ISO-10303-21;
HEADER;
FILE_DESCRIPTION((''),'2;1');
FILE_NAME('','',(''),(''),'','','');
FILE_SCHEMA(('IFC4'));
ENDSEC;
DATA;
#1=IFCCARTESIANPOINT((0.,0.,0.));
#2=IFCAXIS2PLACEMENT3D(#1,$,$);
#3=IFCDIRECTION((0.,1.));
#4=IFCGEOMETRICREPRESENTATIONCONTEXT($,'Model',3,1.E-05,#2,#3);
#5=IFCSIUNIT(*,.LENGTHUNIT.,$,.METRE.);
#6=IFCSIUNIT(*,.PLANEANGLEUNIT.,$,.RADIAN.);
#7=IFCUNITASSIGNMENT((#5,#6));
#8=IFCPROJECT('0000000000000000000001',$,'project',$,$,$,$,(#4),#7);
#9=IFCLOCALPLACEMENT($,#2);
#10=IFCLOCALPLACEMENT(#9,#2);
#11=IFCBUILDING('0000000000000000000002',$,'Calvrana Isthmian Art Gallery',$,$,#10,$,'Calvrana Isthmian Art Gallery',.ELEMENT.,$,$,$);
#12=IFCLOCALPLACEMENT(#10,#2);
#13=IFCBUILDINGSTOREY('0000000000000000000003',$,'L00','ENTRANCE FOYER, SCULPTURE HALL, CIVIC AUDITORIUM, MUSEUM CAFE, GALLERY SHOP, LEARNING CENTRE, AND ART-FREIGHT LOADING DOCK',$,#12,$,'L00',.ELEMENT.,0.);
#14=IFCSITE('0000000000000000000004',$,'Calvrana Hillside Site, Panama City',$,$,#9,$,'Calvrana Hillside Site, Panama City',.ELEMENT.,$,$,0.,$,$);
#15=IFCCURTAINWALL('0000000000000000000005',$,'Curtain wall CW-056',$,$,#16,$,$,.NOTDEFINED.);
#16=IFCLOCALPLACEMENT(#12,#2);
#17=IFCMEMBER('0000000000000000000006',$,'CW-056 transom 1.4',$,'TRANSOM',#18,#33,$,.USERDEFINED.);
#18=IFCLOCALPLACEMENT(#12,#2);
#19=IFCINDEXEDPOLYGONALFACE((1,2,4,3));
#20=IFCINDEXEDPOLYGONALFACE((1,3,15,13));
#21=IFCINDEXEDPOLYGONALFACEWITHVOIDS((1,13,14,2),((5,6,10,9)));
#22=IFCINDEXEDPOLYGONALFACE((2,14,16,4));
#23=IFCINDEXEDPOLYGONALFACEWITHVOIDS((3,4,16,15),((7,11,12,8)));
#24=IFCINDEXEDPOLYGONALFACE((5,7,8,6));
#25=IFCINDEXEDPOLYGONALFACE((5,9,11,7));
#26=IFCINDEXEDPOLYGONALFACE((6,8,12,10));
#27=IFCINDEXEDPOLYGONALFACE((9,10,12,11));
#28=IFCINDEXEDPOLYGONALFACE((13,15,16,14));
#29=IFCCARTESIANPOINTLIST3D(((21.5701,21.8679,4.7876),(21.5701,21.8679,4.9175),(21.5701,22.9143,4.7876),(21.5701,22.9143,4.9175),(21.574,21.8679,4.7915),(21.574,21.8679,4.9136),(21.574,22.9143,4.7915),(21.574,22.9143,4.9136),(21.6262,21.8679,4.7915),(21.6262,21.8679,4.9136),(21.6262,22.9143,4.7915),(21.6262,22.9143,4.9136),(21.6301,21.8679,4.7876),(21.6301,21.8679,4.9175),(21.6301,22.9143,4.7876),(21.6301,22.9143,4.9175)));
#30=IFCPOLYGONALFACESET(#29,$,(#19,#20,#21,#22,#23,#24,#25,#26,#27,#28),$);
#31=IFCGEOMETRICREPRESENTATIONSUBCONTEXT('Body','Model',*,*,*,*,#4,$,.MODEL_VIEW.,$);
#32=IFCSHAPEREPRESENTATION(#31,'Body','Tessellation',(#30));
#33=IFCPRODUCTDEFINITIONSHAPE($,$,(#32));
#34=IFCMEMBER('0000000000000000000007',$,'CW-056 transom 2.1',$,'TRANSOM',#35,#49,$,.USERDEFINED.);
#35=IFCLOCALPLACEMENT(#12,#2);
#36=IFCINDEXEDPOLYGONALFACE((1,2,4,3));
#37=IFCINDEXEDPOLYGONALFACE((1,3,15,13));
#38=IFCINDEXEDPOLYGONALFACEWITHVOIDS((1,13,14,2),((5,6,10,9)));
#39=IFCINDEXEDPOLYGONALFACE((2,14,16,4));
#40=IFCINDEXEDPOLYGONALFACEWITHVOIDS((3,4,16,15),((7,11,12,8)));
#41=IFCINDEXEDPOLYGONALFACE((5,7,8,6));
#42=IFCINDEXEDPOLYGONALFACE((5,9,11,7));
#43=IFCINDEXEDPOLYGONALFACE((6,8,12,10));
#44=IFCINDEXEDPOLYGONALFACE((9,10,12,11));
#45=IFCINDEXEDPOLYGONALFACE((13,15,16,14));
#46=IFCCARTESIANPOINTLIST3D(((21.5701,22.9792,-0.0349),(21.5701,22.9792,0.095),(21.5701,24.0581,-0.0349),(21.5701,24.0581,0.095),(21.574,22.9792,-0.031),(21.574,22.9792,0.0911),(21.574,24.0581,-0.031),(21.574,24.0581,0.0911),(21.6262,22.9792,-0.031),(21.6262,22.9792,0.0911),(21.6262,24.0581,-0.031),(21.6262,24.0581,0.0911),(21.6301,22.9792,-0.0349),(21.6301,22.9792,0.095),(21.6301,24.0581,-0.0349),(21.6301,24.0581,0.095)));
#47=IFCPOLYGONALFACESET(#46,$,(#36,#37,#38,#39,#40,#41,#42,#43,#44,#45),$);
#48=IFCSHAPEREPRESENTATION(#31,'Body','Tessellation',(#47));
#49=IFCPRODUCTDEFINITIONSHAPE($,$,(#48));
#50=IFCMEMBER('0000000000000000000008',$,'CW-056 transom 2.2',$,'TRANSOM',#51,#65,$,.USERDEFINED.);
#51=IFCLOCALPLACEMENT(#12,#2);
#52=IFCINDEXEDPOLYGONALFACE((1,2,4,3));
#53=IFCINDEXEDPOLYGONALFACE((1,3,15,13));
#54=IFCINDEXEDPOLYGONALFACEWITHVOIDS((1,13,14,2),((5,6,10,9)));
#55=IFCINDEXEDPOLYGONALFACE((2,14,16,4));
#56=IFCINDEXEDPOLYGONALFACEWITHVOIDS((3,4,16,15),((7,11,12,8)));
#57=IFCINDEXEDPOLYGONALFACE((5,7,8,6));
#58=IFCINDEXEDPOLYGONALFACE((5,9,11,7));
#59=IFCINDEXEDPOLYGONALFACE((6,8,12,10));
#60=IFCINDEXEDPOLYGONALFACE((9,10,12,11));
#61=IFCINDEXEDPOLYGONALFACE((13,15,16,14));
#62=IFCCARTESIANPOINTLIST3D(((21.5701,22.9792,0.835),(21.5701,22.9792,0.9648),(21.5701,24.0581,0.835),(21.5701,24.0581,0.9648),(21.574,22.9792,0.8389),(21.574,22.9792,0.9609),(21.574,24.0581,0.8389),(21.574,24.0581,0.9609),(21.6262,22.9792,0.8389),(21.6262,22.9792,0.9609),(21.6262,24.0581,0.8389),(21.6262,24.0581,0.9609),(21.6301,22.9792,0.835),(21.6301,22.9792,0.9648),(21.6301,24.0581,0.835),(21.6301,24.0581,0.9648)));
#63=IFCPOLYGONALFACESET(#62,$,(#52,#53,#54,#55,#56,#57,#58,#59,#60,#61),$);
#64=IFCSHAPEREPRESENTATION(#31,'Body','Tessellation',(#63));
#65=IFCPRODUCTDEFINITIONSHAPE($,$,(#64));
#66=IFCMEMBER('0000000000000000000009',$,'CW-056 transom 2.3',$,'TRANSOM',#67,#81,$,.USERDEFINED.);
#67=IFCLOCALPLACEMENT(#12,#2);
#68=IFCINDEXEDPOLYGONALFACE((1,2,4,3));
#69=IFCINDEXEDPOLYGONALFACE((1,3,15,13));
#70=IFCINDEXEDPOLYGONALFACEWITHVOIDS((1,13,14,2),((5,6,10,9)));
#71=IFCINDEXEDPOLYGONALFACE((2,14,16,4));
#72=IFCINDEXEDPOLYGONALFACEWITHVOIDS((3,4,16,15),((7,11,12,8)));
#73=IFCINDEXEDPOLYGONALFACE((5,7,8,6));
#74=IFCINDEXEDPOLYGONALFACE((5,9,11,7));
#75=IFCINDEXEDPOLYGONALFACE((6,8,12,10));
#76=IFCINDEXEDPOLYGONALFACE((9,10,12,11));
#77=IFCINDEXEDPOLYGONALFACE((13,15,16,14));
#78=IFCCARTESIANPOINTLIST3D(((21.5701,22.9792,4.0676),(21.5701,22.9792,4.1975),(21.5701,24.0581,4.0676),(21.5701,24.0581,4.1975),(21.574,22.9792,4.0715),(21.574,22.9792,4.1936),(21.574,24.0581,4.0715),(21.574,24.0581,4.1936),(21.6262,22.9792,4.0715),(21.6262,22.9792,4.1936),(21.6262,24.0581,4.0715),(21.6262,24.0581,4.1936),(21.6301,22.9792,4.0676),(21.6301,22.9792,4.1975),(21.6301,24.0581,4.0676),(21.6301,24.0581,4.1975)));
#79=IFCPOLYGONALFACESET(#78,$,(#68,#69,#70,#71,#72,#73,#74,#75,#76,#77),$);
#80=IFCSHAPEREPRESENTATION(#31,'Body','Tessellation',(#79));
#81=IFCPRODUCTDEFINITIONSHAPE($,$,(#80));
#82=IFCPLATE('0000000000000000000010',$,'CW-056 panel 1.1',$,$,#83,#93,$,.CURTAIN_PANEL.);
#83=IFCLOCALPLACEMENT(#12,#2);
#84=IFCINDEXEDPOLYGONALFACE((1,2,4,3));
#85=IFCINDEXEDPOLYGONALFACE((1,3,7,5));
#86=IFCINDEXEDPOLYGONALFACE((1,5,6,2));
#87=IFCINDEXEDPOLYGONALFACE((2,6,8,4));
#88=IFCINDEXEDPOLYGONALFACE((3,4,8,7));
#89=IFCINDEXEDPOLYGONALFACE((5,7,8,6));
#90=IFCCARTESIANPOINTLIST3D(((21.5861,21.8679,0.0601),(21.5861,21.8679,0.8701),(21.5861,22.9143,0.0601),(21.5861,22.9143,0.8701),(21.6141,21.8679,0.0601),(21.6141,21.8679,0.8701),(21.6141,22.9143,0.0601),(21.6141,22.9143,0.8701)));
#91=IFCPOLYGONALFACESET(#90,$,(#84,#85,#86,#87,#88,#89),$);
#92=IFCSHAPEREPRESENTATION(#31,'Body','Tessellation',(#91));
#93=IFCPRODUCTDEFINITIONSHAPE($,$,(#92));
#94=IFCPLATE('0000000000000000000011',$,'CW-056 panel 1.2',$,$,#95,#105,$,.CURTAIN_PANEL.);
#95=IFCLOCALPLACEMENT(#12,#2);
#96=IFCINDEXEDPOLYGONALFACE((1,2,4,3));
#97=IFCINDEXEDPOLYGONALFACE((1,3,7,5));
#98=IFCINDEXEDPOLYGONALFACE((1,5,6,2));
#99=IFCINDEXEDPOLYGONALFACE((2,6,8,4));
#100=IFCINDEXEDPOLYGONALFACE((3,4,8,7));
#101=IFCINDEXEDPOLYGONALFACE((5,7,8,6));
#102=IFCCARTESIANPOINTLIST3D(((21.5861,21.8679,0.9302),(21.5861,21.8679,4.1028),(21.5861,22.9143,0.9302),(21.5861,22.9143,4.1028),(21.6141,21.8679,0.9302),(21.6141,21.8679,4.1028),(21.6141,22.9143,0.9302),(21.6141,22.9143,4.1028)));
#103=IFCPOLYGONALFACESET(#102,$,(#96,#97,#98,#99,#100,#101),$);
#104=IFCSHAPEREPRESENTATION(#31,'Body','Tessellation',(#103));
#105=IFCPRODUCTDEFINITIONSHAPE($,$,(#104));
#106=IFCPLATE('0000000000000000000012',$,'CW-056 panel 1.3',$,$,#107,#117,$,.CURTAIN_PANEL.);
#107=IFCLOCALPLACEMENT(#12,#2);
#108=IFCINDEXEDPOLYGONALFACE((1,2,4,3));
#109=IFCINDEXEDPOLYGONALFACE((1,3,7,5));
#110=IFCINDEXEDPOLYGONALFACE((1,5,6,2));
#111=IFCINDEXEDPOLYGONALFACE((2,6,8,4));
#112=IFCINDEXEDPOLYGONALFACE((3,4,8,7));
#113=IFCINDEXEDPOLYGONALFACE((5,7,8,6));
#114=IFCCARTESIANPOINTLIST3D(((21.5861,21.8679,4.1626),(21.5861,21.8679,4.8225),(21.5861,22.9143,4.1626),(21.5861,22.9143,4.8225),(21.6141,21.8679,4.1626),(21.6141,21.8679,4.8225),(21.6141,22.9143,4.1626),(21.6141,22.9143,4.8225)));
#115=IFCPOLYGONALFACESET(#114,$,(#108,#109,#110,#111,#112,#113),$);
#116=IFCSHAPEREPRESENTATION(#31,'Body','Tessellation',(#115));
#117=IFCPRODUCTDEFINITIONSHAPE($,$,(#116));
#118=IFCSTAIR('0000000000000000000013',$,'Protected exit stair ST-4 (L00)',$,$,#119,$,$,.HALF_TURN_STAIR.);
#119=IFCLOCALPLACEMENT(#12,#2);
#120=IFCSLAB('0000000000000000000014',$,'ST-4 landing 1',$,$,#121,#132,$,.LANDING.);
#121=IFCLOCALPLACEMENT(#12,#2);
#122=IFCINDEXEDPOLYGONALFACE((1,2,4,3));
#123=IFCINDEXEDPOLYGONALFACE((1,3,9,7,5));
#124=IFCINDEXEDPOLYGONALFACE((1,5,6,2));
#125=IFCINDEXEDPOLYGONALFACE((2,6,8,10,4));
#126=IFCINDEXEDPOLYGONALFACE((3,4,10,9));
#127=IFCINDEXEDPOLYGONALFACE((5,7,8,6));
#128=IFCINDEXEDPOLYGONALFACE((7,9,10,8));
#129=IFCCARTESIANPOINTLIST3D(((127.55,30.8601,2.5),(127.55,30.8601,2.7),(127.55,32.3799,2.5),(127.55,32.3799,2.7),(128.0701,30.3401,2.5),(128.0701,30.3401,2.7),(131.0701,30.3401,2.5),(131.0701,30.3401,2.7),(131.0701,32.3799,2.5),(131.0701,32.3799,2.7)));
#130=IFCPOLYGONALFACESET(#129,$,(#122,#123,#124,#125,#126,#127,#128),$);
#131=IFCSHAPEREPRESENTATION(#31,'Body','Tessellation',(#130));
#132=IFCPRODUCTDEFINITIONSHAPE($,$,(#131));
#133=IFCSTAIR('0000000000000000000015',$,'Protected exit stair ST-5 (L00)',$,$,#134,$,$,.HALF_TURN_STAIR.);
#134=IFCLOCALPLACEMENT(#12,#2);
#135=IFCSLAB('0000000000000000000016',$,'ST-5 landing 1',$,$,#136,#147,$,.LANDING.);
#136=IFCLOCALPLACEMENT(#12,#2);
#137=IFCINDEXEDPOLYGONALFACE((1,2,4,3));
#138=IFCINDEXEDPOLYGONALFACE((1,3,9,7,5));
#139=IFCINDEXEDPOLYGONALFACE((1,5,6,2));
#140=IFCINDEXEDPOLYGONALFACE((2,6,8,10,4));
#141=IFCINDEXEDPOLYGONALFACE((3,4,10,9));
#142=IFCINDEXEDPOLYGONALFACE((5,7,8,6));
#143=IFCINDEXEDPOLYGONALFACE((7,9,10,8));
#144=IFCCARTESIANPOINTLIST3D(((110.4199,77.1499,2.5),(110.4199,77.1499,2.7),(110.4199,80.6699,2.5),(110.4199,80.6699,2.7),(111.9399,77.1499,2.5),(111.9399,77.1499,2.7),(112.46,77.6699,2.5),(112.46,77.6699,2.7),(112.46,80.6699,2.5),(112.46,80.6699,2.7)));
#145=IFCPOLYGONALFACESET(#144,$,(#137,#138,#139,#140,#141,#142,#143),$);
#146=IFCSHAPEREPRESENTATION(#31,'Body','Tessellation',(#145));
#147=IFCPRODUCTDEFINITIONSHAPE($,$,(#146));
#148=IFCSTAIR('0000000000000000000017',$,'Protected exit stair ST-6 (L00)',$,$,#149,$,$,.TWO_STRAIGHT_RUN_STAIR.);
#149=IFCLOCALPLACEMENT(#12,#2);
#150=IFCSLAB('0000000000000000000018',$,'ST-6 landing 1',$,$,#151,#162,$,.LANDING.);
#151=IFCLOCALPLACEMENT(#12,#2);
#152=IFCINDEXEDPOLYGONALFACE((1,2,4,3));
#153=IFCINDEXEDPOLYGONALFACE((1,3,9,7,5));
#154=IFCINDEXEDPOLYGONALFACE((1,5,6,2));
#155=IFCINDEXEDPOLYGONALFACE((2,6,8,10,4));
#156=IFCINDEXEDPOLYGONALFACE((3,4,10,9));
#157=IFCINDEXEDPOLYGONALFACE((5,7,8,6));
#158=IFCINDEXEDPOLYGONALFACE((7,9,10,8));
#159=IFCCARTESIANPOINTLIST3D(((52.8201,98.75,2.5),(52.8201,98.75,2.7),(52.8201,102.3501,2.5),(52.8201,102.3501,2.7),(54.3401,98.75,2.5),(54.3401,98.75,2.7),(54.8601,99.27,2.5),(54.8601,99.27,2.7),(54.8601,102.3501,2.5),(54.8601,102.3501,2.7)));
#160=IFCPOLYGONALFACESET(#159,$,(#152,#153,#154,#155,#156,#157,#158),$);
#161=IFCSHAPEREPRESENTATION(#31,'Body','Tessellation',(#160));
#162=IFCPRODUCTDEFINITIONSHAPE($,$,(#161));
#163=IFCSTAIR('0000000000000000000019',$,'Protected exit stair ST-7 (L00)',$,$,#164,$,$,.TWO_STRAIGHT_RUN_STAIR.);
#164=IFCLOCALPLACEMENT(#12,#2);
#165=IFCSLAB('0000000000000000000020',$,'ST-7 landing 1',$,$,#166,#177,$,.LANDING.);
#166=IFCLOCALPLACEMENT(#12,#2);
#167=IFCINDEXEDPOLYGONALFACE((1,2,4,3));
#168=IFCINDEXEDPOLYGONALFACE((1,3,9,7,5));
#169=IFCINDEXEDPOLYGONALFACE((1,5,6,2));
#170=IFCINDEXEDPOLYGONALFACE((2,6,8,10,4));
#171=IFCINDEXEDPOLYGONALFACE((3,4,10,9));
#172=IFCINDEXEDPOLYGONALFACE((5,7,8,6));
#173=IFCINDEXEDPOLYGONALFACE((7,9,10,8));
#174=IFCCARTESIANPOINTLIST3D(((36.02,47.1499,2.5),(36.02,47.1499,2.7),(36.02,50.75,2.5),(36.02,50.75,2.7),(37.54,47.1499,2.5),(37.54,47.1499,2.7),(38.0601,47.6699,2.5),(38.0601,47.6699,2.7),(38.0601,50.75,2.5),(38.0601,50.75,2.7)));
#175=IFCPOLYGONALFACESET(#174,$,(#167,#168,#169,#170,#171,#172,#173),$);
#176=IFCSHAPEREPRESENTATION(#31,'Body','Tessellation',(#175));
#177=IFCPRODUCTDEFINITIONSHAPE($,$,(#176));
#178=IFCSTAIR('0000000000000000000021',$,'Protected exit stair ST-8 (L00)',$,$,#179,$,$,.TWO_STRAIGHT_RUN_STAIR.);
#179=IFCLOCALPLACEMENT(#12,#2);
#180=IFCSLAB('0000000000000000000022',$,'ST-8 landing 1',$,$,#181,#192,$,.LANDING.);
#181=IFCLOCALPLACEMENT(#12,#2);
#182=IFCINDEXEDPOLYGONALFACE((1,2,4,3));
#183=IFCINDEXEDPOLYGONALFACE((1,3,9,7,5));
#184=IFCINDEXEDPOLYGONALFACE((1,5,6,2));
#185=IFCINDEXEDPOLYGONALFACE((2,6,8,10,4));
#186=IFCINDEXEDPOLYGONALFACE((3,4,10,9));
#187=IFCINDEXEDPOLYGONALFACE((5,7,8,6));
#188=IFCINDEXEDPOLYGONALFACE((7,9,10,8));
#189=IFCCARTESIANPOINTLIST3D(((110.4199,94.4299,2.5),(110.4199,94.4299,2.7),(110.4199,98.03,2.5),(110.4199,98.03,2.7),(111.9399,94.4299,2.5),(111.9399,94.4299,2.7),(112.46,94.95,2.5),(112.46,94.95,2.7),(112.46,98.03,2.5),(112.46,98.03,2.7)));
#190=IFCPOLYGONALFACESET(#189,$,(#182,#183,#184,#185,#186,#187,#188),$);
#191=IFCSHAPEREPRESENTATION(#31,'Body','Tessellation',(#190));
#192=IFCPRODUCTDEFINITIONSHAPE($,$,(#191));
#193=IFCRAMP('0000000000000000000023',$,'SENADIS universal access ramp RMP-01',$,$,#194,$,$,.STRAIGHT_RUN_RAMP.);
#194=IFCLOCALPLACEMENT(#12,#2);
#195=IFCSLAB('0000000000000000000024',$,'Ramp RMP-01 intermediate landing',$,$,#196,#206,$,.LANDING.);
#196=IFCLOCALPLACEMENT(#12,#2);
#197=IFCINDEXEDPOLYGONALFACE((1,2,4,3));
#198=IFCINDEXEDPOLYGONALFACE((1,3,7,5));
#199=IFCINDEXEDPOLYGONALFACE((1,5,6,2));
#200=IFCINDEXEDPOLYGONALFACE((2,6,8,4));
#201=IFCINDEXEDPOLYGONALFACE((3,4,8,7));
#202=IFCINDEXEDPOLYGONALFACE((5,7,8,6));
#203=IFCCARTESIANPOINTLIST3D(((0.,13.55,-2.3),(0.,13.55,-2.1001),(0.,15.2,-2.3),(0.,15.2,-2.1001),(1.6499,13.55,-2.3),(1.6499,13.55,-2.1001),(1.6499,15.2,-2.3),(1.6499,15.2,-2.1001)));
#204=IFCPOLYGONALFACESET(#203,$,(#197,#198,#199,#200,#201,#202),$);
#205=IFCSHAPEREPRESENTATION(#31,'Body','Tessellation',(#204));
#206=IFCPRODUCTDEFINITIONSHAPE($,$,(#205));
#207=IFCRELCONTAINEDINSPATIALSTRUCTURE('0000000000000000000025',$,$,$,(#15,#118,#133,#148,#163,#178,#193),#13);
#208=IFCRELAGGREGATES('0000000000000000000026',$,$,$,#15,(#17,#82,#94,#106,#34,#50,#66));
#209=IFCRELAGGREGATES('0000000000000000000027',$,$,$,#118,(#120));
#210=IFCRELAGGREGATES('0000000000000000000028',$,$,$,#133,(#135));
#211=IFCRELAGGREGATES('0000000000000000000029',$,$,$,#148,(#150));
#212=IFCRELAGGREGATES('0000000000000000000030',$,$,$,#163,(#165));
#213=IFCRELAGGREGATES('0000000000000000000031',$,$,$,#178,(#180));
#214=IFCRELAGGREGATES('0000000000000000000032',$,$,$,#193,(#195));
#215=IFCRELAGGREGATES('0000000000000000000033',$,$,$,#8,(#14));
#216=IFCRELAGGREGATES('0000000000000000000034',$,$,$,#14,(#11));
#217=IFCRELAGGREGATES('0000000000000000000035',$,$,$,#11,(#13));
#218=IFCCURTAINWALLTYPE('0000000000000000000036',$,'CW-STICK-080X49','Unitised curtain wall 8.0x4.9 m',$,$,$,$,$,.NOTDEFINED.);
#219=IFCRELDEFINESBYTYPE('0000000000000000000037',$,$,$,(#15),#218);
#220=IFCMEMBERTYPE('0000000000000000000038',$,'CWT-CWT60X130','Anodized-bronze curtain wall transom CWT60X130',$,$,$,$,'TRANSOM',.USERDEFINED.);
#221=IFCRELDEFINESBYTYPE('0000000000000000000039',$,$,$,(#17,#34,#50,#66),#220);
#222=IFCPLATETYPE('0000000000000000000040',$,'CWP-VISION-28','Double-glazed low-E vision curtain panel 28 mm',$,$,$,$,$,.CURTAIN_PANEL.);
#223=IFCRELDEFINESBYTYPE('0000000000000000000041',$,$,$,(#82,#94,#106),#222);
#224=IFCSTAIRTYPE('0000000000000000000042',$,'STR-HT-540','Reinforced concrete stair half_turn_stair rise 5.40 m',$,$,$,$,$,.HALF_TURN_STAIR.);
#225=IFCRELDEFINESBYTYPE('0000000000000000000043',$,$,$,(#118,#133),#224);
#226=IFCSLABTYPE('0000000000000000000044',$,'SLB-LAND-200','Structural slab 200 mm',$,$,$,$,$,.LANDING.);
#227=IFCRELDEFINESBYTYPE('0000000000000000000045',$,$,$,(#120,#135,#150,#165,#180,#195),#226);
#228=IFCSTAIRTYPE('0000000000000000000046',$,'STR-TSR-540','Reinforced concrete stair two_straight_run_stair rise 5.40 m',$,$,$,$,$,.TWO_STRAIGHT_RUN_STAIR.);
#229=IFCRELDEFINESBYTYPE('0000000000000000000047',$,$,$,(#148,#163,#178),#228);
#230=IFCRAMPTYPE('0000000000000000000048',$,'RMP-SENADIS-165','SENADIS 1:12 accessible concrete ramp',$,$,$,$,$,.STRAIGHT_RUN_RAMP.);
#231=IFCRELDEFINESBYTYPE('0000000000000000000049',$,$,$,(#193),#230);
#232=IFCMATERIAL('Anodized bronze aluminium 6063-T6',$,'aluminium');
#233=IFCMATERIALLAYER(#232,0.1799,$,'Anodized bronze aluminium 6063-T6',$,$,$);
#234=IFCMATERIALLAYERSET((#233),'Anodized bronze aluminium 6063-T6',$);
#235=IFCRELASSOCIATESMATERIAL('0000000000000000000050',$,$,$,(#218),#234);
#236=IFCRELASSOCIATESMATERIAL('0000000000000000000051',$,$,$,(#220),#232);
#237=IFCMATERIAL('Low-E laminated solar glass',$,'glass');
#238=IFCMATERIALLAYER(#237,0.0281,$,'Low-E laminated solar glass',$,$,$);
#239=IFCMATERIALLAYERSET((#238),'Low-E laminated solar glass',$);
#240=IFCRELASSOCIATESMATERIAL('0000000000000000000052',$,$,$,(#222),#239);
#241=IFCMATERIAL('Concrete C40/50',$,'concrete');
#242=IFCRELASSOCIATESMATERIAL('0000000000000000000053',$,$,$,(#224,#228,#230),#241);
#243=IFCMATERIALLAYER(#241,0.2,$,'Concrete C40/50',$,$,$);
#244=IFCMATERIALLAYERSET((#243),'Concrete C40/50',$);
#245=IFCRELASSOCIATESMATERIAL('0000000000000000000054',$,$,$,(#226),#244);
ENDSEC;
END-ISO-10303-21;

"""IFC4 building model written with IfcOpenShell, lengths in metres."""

from ifc_helpers import new_model, si_unit, direction, frame, origin, origin_2d, place, context, subcontext, project, spatial, polyline, rectangle, hollow_rectangle, outline, extrude, material, layer, layer_set, material_profile, profile_set, type_object, element, aggregate, save


model = new_model("IFC4")

# Units and contexts
model_context = context("Model", 3, precision=1e-05, world=origin(), true_north=direction((0.0, 1.0)))
body_context = subcontext(model_context, "Body", "Model", "MODEL_VIEW")
ifc_project = project(units=[si_unit("LENGTHUNIT", "METRE"), si_unit("PLANEANGLEUNIT", "RADIAN")], contexts=[model_context])

# Site, building, storey
site_placement = place(None, origin())
site = spatial("IfcSite", under=ifc_project, at=site_placement, Name="Calvrana Hillside Site, Panama City", LongName="Calvrana Hillside Site, Panama City", CompositionType="ELEMENT", RefElevation=0.0)
building_placement = place(site_placement, origin())
building = spatial("IfcBuilding", under=site, at=building_placement, Name="Calvrana Isthmian Art Gallery", LongName="Calvrana Isthmian Art Gallery", CompositionType="ELEMENT")
storey_placement = place(building_placement, origin())
storey = spatial("IfcBuildingStorey", under=building, at=storey_placement, Name="L00", Description="ENTRANCE FOYER, SCULPTURE HALL, CIVIC AUDITORIUM, MUSEUM CAFE, GALLERY SHOP, LEARNING CENTRE, AND ART-FREIGHT LOADING DOCK", LongName="L00", CompositionType="ELEMENT", Elevation=0.0)

# Curtain wall, members, plates
ifc_material_1 = material(Name="Anodized bronze aluminium 6063-T6", Category="aluminium")
ifc_layer_1 = layer(ifc_material_1, 0.1799, Name="Anodized bronze aluminium 6063-T6")
ifc_layer_set_1 = layer_set([ifc_layer_1], Name="Anodized bronze aluminium 6063-T6")
curtain_wall_type = type_object("IfcCurtainWallType", Name="CW-STICK-080X49", Description="Unitised curtain wall 8.0x4.9 m", PredefinedType="NOTDEFINED", material=ifc_layer_set_1)
curtain_wall_placement = place(storey_placement, origin())
curtain_wall = element("IfcCurtainWall", 1, at=curtain_wall_placement, inside=storey, type_object=curtain_wall_type, Name="Curtain wall CW-056", PredefinedType="NOTDEFINED")
ifc_material_profile_1 = material_profile(ifc_material_1, hollow_rectangle(XDim=0.0601, YDim=0.1299, WallThickness=0.0039, at=origin_2d()), Name="CWT60X130")
ifc_profile_set_1 = profile_set([ifc_material_profile_1], Name="Anodized bronze aluminium 6063-T6")
member_type_1 = type_object("IfcMemberType", Name="CWT-CWT60X130", Description="Anodized-bronze curtain wall transom CWT60X130", ElementType="TRANSOM", PredefinedType="USERDEFINED", material=ifc_profile_set_1)
member_1_placement = place(storey_placement, frame((21.6001, 21.8679, 4.8525), z_axis=(0.0, 1.0, 0.0), x_axis=(-1.0, 0.0, 0.0)))
member_1 = element("IfcMember", 2, at=member_1_placement, type_object=member_type_1, Name="CW-056 transom 1.4", ObjectType="TRANSOM", PredefinedType="USERDEFINED", context=body_context, shape_type="SweptSolid", body=[
    extrude(hollow_rectangle(XDim=0.0601, YDim=0.1299, WallThickness=0.0039, at=origin_2d()), origin(), (0.0, 0.0, 1.0), 1.0464),
])
member_2_placement = place(storey_placement, frame((21.6001, 22.9792, 0.03), z_axis=(0.0, 1.0, 0.0), x_axis=(-1.0, 0.0, 0.0)))
member_2 = element("IfcMember", 3, at=member_2_placement, type_object=member_type_1, Name="CW-056 transom 2.1", ObjectType="TRANSOM", PredefinedType="USERDEFINED", context=body_context, shape_type="SweptSolid", body=[
    extrude(hollow_rectangle(XDim=0.0601, YDim=0.1299, WallThickness=0.0039, at=origin_2d()), origin(), (0.0, 0.0, 1.0), 1.0789),
])
member_3_placement = place(storey_placement, frame((21.6001, 22.9792, 0.8999), z_axis=(0.0, 1.0, 0.0), x_axis=(-1.0, 0.0, 0.0)))
member_3 = element("IfcMember", 4, at=member_3_placement, type_object=member_type_1, Name="CW-056 transom 2.2", ObjectType="TRANSOM", PredefinedType="USERDEFINED", context=body_context, shape_type="SweptSolid", body=[
    extrude(hollow_rectangle(XDim=0.0601, YDim=0.1299, WallThickness=0.0039, at=origin_2d()), origin(), (0.0, 0.0, 1.0), 1.0789),
])
member_4_placement = place(storey_placement, frame((21.6001, 22.9792, 4.1326), z_axis=(0.0, 1.0, 0.0), x_axis=(-1.0, 0.0, 0.0)))
member_4 = element("IfcMember", 5, at=member_4_placement, type_object=member_type_1, Name="CW-056 transom 2.3", ObjectType="TRANSOM", PredefinedType="USERDEFINED", context=body_context, shape_type="SweptSolid", body=[
    extrude(hollow_rectangle(XDim=0.0601, YDim=0.1299, WallThickness=0.0039, at=origin_2d()), origin(), (0.0, 0.0, 1.0), 1.0789),
])
ifc_material_2 = material(Name="Low-E laminated solar glass", Category="glass")
ifc_layer_2 = layer(ifc_material_2, 0.0281, Name="Low-E laminated solar glass")
ifc_layer_set_2 = layer_set([ifc_layer_2], Name="Low-E laminated solar glass")
plate_type = type_object("IfcPlateType", Name="CWP-VISION-28", Description="Double-glazed low-E vision curtain panel 28 mm", PredefinedType="CURTAIN_PANEL", material=ifc_layer_set_2)
plate_1_placement = place(storey_placement, frame((21.6001, 22.3911, 0.0601), z_axis=(0.0, 0.0, 1.0), x_axis=(0.0, 1.0, 0.0)))
plate_1 = element("IfcPlate", 6, at=plate_1_placement, type_object=plate_type, Name="CW-056 panel 1.1", PredefinedType="CURTAIN_PANEL", context=body_context, shape_type="SweptSolid", body=[
    extrude(rectangle(XDim=1.0464, YDim=0.0281, at=origin_2d()), origin(), (0.0, 0.0, 1.0), 0.8101),
])
plate_2_placement = place(storey_placement, frame((21.6001, 22.3911, 0.9302), z_axis=(0.0, 0.0, 1.0), x_axis=(0.0, 1.0, 0.0)))
plate_2 = element("IfcPlate", 7, at=plate_2_placement, type_object=plate_type, Name="CW-056 panel 1.2", PredefinedType="CURTAIN_PANEL", context=body_context, shape_type="SweptSolid", body=[
    extrude(rectangle(XDim=1.0464, YDim=0.0281, at=origin_2d()), origin(), (0.0, 0.0, 1.0), 3.1726),
])
plate_3_placement = place(storey_placement, frame((21.6001, 22.3911, 4.1626), z_axis=(0.0, 0.0, 1.0), x_axis=(0.0, 1.0, 0.0)))
plate_3 = element("IfcPlate", 8, at=plate_3_placement, type_object=plate_type, Name="CW-056 panel 1.3", PredefinedType="CURTAIN_PANEL", context=body_context, shape_type="SweptSolid", body=[
    extrude(rectangle(XDim=1.0464, YDim=0.0281, at=origin_2d()), origin(), (0.0, 0.0, 1.0), 0.6599),
])
aggregate(curtain_wall, [member_1, plate_1, plate_2, plate_3, member_2, member_3, member_4])

# Stairs, slabs
ifc_material_3 = material(Name="Concrete C40/50", Category="concrete")
stair_type_1 = type_object("IfcStairType", Name="STR-HT-540", Description="Reinforced concrete stair half_turn_stair rise 5.40 m", PredefinedType="HALF_TURN_STAIR", material=ifc_material_3)
stair_1_placement = place(storey_placement, origin())
stair_1 = element("IfcStair", 9, at=stair_1_placement, inside=storey, type_object=stair_type_1, Name="Protected exit stair ST-4 (L00)", PredefinedType="HALF_TURN_STAIR")
ifc_layer_3 = layer(ifc_material_3, 0.2, Name="Concrete C40/50")
ifc_layer_set_3 = layer_set([ifc_layer_3], Name="Concrete C40/50")
slab_type = type_object("IfcSlabType", Name="SLB-LAND-200", Description="Structural slab 200 mm", PredefinedType="LANDING", material=ifc_layer_set_3)
slab_1_placement = place(storey_placement, frame((0.0, 0.0, 2.5)))
slab_1 = element("IfcSlab", 10, at=slab_1_placement, type_object=slab_type, Name="ST-4 landing 1", PredefinedType="LANDING", context=body_context, shape_type="SweptSolid", body=[
    extrude(outline(polyline([(127.55, 32.3799), (127.55, 30.8601), (128.0701, 30.3401), (131.0701, 30.3401), (131.0701, 32.3799), (127.55, 32.3799)])), origin(), (0.0, 0.0, 1.0), 0.2),
])
aggregate(stair_1, [slab_1])
stair_2_placement = place(storey_placement, origin())
stair_2 = element("IfcStair", 11, at=stair_2_placement, inside=storey, type_object=stair_type_1, Name="Protected exit stair ST-5 (L00)", PredefinedType="HALF_TURN_STAIR")
slab_2_placement = place(storey_placement, frame((0.0, 0.0, 2.5)))
slab_2 = element("IfcSlab", 12, at=slab_2_placement, type_object=slab_type, Name="ST-5 landing 1", PredefinedType="LANDING", context=body_context, shape_type="SweptSolid", body=[
    extrude(outline(polyline([(110.4199, 77.1499), (111.9399, 77.1499), (112.46, 77.6699), (112.46, 80.6699), (110.4199, 80.6699), (110.4199, 77.1499)])), origin(), (0.0, 0.0, 1.0), 0.2),
])
aggregate(stair_2, [slab_2])
stair_type_2 = type_object("IfcStairType", Name="STR-TSR-540", Description="Reinforced concrete stair two_straight_run_stair rise 5.40 m", PredefinedType="TWO_STRAIGHT_RUN_STAIR", material=ifc_material_3)
stair_3_placement = place(storey_placement, origin())
stair_3 = element("IfcStair", 13, at=stair_3_placement, inside=storey, type_object=stair_type_2, Name="Protected exit stair ST-6 (L00)", PredefinedType="TWO_STRAIGHT_RUN_STAIR")
slab_3_placement = place(storey_placement, frame((0.0, 0.0, 2.5)))
slab_3 = element("IfcSlab", 14, at=slab_3_placement, type_object=slab_type, Name="ST-6 landing 1", PredefinedType="LANDING", context=body_context, shape_type="SweptSolid", body=[
    extrude(outline(polyline([(52.8201, 98.75), (54.3401, 98.75), (54.8601, 99.27), (54.8601, 102.3501), (52.8201, 102.3501), (52.8201, 98.75)])), origin(), (0.0, 0.0, 1.0), 0.2),
])
aggregate(stair_3, [slab_3])
stair_4_placement = place(storey_placement, origin())
stair_4 = element("IfcStair", 15, at=stair_4_placement, inside=storey, type_object=stair_type_2, Name="Protected exit stair ST-7 (L00)", PredefinedType="TWO_STRAIGHT_RUN_STAIR")
slab_4_placement = place(storey_placement, frame((0.0, 0.0, 2.5)))
slab_4 = element("IfcSlab", 16, at=slab_4_placement, type_object=slab_type, Name="ST-7 landing 1", PredefinedType="LANDING", context=body_context, shape_type="SweptSolid", body=[
    extrude(outline(polyline([(36.02, 47.1499), (37.54, 47.1499), (38.0601, 47.6699), (38.0601, 50.75), (36.02, 50.75), (36.02, 47.1499)])), origin(), (0.0, 0.0, 1.0), 0.2),
])
aggregate(stair_4, [slab_4])
stair_5_placement = place(storey_placement, origin())
stair_5 = element("IfcStair", 17, at=stair_5_placement, inside=storey, type_object=stair_type_2, Name="Protected exit stair ST-8 (L00)", PredefinedType="TWO_STRAIGHT_RUN_STAIR")
slab_5_placement = place(storey_placement, frame((0.0, 0.0, 2.5)))
slab_5 = element("IfcSlab", 18, at=slab_5_placement, type_object=slab_type, Name="ST-8 landing 1", PredefinedType="LANDING", context=body_context, shape_type="SweptSolid", body=[
    extrude(outline(polyline([(110.4199, 94.4299), (111.9399, 94.4299), (112.46, 94.95), (112.46, 98.03), (110.4199, 98.03), (110.4199, 94.4299)])), origin(), (0.0, 0.0, 1.0), 0.2),
])
aggregate(stair_5, [slab_5])

# Ramp, slab
ramp_type = type_object("IfcRampType", Name="RMP-SENADIS-165", Description="SENADIS 1:12 accessible concrete ramp", PredefinedType="STRAIGHT_RUN_RAMP", material=ifc_material_3)
ramp_1_placement = place(storey_placement, origin())
ramp_1 = element("IfcRamp", 19, at=ramp_1_placement, inside=storey, type_object=ramp_type, Name="SENADIS universal access ramp RMP-01", PredefinedType="STRAIGHT_RUN_RAMP")
slab_6_placement = place(storey_placement, frame((0.0, 0.0, -2.3)))
slab_6 = element("IfcSlab", 20, at=slab_6_placement, type_object=slab_type, Name="Ramp RMP-01 intermediate landing", PredefinedType="LANDING", context=body_context, shape_type="SweptSolid", body=[
    extrude(outline(polyline([(0.0, 13.55), (1.6499, 13.55), (1.6499, 15.2), (0.0, 15.2), (0.0, 13.55)])), origin(), (0.0, 0.0, 1.0), 0.2),
])

aggregate(ramp_1, [slab_6])

save(model, "model.ifc")
